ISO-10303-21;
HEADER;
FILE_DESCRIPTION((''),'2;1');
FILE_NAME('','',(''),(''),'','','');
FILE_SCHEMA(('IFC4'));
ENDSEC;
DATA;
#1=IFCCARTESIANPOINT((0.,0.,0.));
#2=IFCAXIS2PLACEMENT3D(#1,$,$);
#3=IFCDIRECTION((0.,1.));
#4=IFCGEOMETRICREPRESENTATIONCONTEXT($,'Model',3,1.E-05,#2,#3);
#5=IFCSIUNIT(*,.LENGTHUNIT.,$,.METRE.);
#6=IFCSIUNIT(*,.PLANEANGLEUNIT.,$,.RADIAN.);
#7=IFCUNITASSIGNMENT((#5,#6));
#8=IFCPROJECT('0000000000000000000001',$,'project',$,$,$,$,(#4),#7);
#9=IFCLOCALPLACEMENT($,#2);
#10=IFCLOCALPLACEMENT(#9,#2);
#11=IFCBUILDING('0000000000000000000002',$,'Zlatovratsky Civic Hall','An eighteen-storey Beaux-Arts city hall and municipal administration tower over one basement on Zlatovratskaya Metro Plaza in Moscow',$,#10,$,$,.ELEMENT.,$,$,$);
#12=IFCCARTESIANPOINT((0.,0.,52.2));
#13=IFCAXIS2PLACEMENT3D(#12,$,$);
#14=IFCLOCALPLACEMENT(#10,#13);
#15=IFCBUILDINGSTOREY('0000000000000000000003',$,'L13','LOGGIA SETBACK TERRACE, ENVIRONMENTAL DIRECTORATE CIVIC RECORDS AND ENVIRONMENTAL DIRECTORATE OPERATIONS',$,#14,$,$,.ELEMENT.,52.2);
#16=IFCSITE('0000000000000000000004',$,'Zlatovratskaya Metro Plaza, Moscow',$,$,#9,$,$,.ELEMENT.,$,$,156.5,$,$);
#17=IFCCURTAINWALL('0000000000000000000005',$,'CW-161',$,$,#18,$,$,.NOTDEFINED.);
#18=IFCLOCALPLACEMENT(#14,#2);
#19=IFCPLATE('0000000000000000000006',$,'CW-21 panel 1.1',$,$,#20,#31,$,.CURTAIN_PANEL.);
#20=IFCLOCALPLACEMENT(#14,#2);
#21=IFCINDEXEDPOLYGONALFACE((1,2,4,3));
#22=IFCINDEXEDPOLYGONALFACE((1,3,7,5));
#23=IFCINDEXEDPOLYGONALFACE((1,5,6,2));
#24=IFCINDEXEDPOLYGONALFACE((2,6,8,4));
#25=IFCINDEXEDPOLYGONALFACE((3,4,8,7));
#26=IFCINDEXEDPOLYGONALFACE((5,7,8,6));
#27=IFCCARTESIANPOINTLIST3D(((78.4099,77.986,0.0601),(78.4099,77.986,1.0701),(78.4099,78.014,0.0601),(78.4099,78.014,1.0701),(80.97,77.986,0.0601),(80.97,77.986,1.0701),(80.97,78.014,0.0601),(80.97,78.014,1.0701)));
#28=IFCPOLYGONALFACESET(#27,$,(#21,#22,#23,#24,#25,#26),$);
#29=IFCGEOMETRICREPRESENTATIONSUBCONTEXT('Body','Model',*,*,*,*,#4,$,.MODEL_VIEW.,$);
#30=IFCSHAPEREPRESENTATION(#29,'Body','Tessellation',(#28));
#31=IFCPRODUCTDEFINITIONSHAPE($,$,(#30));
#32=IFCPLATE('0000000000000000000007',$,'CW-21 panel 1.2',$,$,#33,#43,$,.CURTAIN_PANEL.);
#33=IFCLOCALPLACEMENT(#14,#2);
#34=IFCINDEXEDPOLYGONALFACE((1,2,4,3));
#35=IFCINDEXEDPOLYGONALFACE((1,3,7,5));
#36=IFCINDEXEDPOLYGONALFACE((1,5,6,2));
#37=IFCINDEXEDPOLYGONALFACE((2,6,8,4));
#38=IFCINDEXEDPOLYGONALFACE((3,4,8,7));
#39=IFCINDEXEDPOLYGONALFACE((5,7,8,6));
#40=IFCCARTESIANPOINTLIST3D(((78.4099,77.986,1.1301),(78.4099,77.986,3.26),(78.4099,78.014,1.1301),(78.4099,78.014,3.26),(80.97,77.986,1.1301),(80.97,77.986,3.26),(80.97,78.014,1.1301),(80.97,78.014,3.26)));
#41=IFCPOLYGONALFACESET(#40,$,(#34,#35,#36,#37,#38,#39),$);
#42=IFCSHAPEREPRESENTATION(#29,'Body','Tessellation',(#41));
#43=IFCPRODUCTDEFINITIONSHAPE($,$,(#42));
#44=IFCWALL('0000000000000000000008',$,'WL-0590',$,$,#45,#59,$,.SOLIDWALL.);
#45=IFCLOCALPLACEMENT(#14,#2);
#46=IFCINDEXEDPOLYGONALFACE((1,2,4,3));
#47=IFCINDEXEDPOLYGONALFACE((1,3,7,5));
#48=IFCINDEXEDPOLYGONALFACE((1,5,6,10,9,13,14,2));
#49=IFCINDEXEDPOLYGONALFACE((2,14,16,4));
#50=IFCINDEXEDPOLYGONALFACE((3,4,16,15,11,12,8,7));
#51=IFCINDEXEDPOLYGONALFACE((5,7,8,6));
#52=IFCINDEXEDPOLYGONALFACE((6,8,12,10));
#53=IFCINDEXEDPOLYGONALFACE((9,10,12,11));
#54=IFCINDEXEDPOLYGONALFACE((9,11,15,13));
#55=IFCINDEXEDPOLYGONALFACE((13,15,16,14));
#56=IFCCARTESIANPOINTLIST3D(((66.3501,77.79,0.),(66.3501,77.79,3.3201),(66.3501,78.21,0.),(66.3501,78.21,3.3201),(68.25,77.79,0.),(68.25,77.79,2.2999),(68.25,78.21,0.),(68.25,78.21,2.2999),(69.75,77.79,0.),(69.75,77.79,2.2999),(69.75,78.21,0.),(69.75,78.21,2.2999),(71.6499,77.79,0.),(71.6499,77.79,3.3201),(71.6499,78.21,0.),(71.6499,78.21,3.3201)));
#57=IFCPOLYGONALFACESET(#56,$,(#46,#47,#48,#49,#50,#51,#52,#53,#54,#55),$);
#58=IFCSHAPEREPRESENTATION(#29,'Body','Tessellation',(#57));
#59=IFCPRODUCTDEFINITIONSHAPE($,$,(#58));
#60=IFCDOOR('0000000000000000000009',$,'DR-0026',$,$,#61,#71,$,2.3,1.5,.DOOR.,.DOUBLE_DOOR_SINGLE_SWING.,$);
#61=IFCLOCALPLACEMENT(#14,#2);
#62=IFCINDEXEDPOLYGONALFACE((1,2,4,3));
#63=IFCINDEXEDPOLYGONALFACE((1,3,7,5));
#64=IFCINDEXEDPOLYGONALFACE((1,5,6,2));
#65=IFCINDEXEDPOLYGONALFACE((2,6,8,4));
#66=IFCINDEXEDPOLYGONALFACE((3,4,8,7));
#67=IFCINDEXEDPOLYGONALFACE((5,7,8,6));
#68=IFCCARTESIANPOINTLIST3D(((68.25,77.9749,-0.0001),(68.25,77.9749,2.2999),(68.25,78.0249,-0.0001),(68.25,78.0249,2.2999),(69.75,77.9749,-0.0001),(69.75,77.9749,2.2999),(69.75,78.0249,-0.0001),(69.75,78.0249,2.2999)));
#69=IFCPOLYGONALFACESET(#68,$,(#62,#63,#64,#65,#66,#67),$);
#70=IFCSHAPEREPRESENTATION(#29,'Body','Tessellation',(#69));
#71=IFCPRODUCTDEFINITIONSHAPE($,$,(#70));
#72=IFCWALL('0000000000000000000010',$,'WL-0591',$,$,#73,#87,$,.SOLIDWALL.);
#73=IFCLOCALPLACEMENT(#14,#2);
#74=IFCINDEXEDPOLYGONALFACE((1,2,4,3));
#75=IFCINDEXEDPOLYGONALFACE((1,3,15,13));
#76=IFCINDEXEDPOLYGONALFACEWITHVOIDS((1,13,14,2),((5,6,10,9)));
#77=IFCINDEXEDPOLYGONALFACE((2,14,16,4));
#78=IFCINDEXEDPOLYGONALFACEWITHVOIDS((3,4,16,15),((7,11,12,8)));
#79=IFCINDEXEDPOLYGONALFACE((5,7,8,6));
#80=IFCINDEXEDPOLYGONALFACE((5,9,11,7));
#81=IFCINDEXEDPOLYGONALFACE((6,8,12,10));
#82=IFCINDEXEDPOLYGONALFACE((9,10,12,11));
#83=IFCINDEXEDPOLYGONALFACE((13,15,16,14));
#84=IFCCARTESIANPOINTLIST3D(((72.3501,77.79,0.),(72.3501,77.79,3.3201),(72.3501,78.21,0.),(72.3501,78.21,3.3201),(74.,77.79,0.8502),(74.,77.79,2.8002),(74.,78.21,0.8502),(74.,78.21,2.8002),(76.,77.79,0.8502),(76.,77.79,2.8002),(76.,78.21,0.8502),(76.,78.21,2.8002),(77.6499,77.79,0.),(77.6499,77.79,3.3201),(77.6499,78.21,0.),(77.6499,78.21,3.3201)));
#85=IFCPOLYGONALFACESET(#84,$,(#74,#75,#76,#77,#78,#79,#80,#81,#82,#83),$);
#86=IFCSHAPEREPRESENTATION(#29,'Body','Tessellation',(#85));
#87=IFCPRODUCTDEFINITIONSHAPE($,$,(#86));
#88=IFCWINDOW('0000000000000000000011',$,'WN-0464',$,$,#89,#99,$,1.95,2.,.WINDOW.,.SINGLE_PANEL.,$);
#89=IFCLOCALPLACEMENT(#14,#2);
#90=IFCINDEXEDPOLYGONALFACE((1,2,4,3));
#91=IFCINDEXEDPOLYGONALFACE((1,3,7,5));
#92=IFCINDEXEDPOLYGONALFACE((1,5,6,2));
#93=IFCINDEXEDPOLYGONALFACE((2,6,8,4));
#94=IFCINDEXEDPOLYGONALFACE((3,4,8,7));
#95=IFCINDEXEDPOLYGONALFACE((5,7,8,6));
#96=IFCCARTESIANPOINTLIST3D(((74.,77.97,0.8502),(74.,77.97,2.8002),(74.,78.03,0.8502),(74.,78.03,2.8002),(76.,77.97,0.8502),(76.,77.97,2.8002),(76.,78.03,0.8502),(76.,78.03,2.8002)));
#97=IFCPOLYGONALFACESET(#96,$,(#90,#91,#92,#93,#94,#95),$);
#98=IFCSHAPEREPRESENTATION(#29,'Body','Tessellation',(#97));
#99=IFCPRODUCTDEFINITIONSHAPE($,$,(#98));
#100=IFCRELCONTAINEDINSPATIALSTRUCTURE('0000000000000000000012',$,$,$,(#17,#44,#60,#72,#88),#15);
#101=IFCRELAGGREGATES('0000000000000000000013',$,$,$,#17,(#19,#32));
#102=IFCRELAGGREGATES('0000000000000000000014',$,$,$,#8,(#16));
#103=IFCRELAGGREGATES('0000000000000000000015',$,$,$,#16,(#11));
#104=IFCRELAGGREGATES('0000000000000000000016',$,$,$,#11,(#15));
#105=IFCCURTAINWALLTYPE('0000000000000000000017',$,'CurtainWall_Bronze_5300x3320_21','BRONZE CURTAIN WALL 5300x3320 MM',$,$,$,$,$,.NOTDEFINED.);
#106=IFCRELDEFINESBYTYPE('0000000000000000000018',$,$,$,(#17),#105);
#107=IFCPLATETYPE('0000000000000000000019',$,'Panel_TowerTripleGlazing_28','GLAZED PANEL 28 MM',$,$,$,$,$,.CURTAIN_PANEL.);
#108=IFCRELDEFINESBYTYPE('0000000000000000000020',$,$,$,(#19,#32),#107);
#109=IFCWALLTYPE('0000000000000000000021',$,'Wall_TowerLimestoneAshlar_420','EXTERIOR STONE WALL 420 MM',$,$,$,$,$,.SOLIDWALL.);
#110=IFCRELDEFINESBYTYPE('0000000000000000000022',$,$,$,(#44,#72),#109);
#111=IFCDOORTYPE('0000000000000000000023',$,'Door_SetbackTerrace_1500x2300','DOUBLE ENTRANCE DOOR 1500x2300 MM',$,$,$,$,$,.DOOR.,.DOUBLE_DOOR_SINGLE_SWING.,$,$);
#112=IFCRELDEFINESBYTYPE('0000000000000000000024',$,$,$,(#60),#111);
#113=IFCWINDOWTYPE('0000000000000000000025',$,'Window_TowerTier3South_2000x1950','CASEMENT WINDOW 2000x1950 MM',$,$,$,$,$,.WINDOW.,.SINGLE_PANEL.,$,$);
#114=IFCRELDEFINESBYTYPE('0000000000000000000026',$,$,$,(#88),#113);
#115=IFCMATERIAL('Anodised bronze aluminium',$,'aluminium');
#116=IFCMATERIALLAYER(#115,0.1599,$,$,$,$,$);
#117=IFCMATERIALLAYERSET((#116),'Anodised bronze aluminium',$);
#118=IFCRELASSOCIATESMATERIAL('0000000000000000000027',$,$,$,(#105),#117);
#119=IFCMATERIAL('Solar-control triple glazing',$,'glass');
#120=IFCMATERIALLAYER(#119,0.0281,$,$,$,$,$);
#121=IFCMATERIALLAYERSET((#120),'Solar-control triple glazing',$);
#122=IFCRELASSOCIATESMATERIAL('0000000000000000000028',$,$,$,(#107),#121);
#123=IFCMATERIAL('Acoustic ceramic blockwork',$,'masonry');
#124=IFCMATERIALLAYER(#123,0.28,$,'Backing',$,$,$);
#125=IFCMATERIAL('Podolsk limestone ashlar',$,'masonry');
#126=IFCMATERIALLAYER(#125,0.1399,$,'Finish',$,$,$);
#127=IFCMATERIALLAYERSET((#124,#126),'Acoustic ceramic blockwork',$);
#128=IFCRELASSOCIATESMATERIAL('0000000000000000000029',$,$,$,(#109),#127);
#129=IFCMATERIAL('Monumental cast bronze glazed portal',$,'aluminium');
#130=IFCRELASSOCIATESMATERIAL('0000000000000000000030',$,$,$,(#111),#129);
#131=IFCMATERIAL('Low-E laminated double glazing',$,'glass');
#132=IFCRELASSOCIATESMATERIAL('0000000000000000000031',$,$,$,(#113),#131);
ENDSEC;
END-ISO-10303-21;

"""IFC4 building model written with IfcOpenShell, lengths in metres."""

from ifc_helpers import new_model, si_unit, direction, frame, frame_2d, origin, origin_2d, place, context, subcontext, project, spatial, rectangle, extrude, material, layer, layer_set, type_object, element, fill, aggregate, save


model = new_model("IFC4")

# Units and contexts
model_context = context("Model", 3, precision=1e-05, world=origin(), true_north=direction((0.0, 1.0)))
body_context = subcontext(model_context, "Body", "Model", "MODEL_VIEW")
ifc_project = project(units=[si_unit("LENGTHUNIT", "METRE"), si_unit("PLANEANGLEUNIT", "RADIAN")], contexts=[model_context])

# Site, building, storey
site_placement = place(None, origin())
site = spatial("IfcSite", under=ifc_project, at=site_placement, Name="Zlatovratskaya Metro Plaza, Moscow", CompositionType="ELEMENT", RefElevation=156.5)
building_placement = place(site_placement, origin())
building = spatial("IfcBuilding", under=site, at=building_placement, Name="Zlatovratsky Civic Hall", Description="An eighteen-storey Beaux-Arts city hall and municipal administration tower over one basement on Zlatovratskaya Metro Plaza in Moscow", CompositionType="ELEMENT")
storey_placement = place(building_placement, frame((0.0, 0.0, 52.2)))
storey = spatial("IfcBuildingStorey", under=building, at=storey_placement, Name="L13", Description="LOGGIA SETBACK TERRACE, ENVIRONMENTAL DIRECTORATE CIVIC RECORDS AND ENVIRONMENTAL DIRECTORATE OPERATIONS", CompositionType="ELEMENT", Elevation=52.2)

# Curtain wall, plates
ifc_material_1 = material(Name="Anodised bronze aluminium", Category="aluminium")
ifc_layer_1 = layer(ifc_material_1, 0.1599)
ifc_layer_set_1 = layer_set([ifc_layer_1], Name="Anodised bronze aluminium")
curtain_wall_type = type_object("IfcCurtainWallType", Name="CurtainWall_Bronze_5300x3320_21", Description="BRONZE CURTAIN WALL 5300x3320 MM", PredefinedType="NOTDEFINED", material=ifc_layer_set_1)
curtain_wall_placement = place(storey_placement, origin())
curtain_wall = element("IfcCurtainWall", 1, at=curtain_wall_placement, inside=storey, type_object=curtain_wall_type, Name="CW-161", PredefinedType="NOTDEFINED")
ifc_material_2 = material(Name="Solar-control triple glazing", Category="glass")
ifc_layer_2 = layer(ifc_material_2, 0.0281)
ifc_layer_set_2 = layer_set([ifc_layer_2], Name="Solar-control triple glazing")
plate_type = type_object("IfcPlateType", Name="Panel_TowerTripleGlazing_28", Description="GLAZED PANEL 28 MM", PredefinedType="CURTAIN_PANEL", material=ifc_layer_set_2)
plate_1_placement = place(storey_placement, frame((79.6899, 78.0, 0.0601), z_axis=(0.0, 0.0, 1.0), x_axis=(1.0, 0.0, 0.0)))
plate_1 = element("IfcPlate", 2, at=plate_1_placement, type_object=plate_type, Name="CW-21 panel 1.1", PredefinedType="CURTAIN_PANEL", context=body_context, shape_type="SweptSolid", body=[
    extrude(rectangle(XDim=2.5601, YDim=0.0281, at=origin_2d()), origin(), (0.0, 0.0, 1.0), 1.01),
])
plate_2_placement = place(storey_placement, frame((79.6899, 78.0, 1.1301), z_axis=(0.0, 0.0, 1.0), x_axis=(1.0, 0.0, 0.0)))
plate_2 = element("IfcPlate", 3, at=plate_2_placement, type_object=plate_type, Name="CW-21 panel 1.2", PredefinedType="CURTAIN_PANEL", context=body_context, shape_type="SweptSolid", body=[
    extrude(rectangle(XDim=2.5601, YDim=0.0281, at=origin_2d()), origin(), (0.0, 0.0, 1.0), 2.1299),
])
aggregate(curtain_wall, [plate_1, plate_2])

# Wall, opening, door
ifc_material_3 = material(Name="Acoustic ceramic blockwork", Category="masonry")
ifc_layer_3 = layer(ifc_material_3, 0.28, Name="Backing")
ifc_material_4 = material(Name="Podolsk limestone ashlar", Category="masonry")
ifc_layer_4 = layer(ifc_material_4, 0.1399, Name="Finish")
ifc_layer_set_3 = layer_set([ifc_layer_3, ifc_layer_4], Name="Acoustic ceramic blockwork")
wall_type = type_object("IfcWallType", Name="Wall_TowerLimestoneAshlar_420", Description="EXTERIOR STONE WALL 420 MM", PredefinedType="SOLIDWALL", material=ifc_layer_set_3)
wall_1_placement = place(storey_placement, frame((66.3501, 78.0, 0.0), z_axis=(0.0, 0.0, 1.0), x_axis=(1.0, 0.0, 0.0)))
wall_1 = element("IfcWall", 4, at=wall_1_placement, inside=storey, type_object=wall_type, Name="WL-0590", PredefinedType="SOLIDWALL", context=body_context, shape_type="SweptSolid", body=[
    extrude(rectangle(XDim=5.2998, YDim=0.4199, at=frame_2d((2.6499, 0.0))), origin(), (0.0, 0.0, 1.0), 3.3201),
])
opening_1_placement = place(wall_1_placement, frame((1.8999, 0.0, 0.0)))
opening_1 = element("IfcOpeningElement", 5, at=opening_1_placement, cuts=wall_1, PredefinedType="OPENING", context=body_context, shape_type="SweptSolid", body=[
    extrude(rectangle(XDim=1.5, YDim=2.3, at=frame_2d((0.75, 1.1499))), frame((0.0, 0.2249, 0.0), z_axis=(0.0, -1.0, 0.0), x_axis=(1.0, 0.0, 0.0)), (0.0, 0.0, 1.0), 0.4497),
])
ifc_material_5 = material(Name="Monumental cast bronze glazed portal", Category="aluminium")
door_type = type_object("IfcDoorType", Name="Door_SetbackTerrace_1500x2300", Description="DOUBLE ENTRANCE DOOR 1500x2300 MM", OperationType="DOUBLE_DOOR_SINGLE_SWING", PredefinedType="DOOR", material=ifc_material_5)
door_placement = place(opening_1_placement, origin())
door = element("IfcDoor", 6, at=door_placement, inside=storey, type_object=door_type, Name="DR-0026", OperationType="DOUBLE_DOOR_SINGLE_SWING", OverallHeight=2.3, OverallWidth=1.5, PredefinedType="DOOR", context=body_context, shape_type="SweptSolid", body=[
    extrude(rectangle(XDim=1.5, YDim=2.3, at=frame_2d((0.75, 1.1499))), frame((0.0, 0.0249, 0.0), z_axis=(0.0, -1.0, 0.0), x_axis=(1.0, 0.0, 0.0)), (0.0, 0.0, 1.0), 0.05),
])
fill(opening_1, door)

# Wall, opening, window
wall_2_placement = place(storey_placement, frame((72.3501, 78.0, 0.0), z_axis=(0.0, 0.0, 1.0), x_axis=(1.0, 0.0, 0.0)))
wall_2 = element("IfcWall", 7, at=wall_2_placement, inside=storey, type_object=wall_type, Name="WL-0591", PredefinedType="SOLIDWALL", context=body_context, shape_type="SweptSolid", body=[
    extrude(rectangle(XDim=5.2998, YDim=0.4199, at=frame_2d((2.6499, 0.0))), origin(), (0.0, 0.0, 1.0), 3.3201),
])
opening_2_placement = place(wall_2_placement, frame((1.6499, 0.0, 0.8501)))
opening_2 = element("IfcOpeningElement", 8, at=opening_2_placement, cuts=wall_2, PredefinedType="OPENING", context=body_context, shape_type="SweptSolid", body=[
    extrude(rectangle(XDim=2.0, YDim=1.95, at=frame_2d((1.0, 0.9751))), frame((0.0, 0.2249, 0.0), z_axis=(0.0, -1.0, 0.0), x_axis=(1.0, 0.0, 0.0)), (0.0, 0.0, 1.0), 0.4497),
])
ifc_material_6 = material(Name="Low-E laminated double glazing", Category="glass")
window_type = type_object("IfcWindowType", Name="Window_TowerTier3South_2000x1950", Description="CASEMENT WINDOW 2000x1950 MM", PartitioningType="SINGLE_PANEL", PredefinedType="WINDOW", material=ifc_material_6)
window_placement = place(opening_2_placement, origin())
window = element("IfcWindow", 9, at=window_placement, inside=storey, type_object=window_type, Name="WN-0464", OverallHeight=1.95, OverallWidth=2.0, PartitioningType="SINGLE_PANEL", PredefinedType="WINDOW", context=body_context, shape_type="SweptSolid", body=[
    extrude(rectangle(XDim=2.0, YDim=1.95, at=frame_2d((1.0, 0.9751))), frame((0.0, 0.03, 0.0), z_axis=(0.0, -1.0, 0.0), x_axis=(1.0, 0.0, 0.0)), (0.0, 0.0, 1.0), 0.0601),
])
fill(opening_2, window)

save(model, "model.ifc")
